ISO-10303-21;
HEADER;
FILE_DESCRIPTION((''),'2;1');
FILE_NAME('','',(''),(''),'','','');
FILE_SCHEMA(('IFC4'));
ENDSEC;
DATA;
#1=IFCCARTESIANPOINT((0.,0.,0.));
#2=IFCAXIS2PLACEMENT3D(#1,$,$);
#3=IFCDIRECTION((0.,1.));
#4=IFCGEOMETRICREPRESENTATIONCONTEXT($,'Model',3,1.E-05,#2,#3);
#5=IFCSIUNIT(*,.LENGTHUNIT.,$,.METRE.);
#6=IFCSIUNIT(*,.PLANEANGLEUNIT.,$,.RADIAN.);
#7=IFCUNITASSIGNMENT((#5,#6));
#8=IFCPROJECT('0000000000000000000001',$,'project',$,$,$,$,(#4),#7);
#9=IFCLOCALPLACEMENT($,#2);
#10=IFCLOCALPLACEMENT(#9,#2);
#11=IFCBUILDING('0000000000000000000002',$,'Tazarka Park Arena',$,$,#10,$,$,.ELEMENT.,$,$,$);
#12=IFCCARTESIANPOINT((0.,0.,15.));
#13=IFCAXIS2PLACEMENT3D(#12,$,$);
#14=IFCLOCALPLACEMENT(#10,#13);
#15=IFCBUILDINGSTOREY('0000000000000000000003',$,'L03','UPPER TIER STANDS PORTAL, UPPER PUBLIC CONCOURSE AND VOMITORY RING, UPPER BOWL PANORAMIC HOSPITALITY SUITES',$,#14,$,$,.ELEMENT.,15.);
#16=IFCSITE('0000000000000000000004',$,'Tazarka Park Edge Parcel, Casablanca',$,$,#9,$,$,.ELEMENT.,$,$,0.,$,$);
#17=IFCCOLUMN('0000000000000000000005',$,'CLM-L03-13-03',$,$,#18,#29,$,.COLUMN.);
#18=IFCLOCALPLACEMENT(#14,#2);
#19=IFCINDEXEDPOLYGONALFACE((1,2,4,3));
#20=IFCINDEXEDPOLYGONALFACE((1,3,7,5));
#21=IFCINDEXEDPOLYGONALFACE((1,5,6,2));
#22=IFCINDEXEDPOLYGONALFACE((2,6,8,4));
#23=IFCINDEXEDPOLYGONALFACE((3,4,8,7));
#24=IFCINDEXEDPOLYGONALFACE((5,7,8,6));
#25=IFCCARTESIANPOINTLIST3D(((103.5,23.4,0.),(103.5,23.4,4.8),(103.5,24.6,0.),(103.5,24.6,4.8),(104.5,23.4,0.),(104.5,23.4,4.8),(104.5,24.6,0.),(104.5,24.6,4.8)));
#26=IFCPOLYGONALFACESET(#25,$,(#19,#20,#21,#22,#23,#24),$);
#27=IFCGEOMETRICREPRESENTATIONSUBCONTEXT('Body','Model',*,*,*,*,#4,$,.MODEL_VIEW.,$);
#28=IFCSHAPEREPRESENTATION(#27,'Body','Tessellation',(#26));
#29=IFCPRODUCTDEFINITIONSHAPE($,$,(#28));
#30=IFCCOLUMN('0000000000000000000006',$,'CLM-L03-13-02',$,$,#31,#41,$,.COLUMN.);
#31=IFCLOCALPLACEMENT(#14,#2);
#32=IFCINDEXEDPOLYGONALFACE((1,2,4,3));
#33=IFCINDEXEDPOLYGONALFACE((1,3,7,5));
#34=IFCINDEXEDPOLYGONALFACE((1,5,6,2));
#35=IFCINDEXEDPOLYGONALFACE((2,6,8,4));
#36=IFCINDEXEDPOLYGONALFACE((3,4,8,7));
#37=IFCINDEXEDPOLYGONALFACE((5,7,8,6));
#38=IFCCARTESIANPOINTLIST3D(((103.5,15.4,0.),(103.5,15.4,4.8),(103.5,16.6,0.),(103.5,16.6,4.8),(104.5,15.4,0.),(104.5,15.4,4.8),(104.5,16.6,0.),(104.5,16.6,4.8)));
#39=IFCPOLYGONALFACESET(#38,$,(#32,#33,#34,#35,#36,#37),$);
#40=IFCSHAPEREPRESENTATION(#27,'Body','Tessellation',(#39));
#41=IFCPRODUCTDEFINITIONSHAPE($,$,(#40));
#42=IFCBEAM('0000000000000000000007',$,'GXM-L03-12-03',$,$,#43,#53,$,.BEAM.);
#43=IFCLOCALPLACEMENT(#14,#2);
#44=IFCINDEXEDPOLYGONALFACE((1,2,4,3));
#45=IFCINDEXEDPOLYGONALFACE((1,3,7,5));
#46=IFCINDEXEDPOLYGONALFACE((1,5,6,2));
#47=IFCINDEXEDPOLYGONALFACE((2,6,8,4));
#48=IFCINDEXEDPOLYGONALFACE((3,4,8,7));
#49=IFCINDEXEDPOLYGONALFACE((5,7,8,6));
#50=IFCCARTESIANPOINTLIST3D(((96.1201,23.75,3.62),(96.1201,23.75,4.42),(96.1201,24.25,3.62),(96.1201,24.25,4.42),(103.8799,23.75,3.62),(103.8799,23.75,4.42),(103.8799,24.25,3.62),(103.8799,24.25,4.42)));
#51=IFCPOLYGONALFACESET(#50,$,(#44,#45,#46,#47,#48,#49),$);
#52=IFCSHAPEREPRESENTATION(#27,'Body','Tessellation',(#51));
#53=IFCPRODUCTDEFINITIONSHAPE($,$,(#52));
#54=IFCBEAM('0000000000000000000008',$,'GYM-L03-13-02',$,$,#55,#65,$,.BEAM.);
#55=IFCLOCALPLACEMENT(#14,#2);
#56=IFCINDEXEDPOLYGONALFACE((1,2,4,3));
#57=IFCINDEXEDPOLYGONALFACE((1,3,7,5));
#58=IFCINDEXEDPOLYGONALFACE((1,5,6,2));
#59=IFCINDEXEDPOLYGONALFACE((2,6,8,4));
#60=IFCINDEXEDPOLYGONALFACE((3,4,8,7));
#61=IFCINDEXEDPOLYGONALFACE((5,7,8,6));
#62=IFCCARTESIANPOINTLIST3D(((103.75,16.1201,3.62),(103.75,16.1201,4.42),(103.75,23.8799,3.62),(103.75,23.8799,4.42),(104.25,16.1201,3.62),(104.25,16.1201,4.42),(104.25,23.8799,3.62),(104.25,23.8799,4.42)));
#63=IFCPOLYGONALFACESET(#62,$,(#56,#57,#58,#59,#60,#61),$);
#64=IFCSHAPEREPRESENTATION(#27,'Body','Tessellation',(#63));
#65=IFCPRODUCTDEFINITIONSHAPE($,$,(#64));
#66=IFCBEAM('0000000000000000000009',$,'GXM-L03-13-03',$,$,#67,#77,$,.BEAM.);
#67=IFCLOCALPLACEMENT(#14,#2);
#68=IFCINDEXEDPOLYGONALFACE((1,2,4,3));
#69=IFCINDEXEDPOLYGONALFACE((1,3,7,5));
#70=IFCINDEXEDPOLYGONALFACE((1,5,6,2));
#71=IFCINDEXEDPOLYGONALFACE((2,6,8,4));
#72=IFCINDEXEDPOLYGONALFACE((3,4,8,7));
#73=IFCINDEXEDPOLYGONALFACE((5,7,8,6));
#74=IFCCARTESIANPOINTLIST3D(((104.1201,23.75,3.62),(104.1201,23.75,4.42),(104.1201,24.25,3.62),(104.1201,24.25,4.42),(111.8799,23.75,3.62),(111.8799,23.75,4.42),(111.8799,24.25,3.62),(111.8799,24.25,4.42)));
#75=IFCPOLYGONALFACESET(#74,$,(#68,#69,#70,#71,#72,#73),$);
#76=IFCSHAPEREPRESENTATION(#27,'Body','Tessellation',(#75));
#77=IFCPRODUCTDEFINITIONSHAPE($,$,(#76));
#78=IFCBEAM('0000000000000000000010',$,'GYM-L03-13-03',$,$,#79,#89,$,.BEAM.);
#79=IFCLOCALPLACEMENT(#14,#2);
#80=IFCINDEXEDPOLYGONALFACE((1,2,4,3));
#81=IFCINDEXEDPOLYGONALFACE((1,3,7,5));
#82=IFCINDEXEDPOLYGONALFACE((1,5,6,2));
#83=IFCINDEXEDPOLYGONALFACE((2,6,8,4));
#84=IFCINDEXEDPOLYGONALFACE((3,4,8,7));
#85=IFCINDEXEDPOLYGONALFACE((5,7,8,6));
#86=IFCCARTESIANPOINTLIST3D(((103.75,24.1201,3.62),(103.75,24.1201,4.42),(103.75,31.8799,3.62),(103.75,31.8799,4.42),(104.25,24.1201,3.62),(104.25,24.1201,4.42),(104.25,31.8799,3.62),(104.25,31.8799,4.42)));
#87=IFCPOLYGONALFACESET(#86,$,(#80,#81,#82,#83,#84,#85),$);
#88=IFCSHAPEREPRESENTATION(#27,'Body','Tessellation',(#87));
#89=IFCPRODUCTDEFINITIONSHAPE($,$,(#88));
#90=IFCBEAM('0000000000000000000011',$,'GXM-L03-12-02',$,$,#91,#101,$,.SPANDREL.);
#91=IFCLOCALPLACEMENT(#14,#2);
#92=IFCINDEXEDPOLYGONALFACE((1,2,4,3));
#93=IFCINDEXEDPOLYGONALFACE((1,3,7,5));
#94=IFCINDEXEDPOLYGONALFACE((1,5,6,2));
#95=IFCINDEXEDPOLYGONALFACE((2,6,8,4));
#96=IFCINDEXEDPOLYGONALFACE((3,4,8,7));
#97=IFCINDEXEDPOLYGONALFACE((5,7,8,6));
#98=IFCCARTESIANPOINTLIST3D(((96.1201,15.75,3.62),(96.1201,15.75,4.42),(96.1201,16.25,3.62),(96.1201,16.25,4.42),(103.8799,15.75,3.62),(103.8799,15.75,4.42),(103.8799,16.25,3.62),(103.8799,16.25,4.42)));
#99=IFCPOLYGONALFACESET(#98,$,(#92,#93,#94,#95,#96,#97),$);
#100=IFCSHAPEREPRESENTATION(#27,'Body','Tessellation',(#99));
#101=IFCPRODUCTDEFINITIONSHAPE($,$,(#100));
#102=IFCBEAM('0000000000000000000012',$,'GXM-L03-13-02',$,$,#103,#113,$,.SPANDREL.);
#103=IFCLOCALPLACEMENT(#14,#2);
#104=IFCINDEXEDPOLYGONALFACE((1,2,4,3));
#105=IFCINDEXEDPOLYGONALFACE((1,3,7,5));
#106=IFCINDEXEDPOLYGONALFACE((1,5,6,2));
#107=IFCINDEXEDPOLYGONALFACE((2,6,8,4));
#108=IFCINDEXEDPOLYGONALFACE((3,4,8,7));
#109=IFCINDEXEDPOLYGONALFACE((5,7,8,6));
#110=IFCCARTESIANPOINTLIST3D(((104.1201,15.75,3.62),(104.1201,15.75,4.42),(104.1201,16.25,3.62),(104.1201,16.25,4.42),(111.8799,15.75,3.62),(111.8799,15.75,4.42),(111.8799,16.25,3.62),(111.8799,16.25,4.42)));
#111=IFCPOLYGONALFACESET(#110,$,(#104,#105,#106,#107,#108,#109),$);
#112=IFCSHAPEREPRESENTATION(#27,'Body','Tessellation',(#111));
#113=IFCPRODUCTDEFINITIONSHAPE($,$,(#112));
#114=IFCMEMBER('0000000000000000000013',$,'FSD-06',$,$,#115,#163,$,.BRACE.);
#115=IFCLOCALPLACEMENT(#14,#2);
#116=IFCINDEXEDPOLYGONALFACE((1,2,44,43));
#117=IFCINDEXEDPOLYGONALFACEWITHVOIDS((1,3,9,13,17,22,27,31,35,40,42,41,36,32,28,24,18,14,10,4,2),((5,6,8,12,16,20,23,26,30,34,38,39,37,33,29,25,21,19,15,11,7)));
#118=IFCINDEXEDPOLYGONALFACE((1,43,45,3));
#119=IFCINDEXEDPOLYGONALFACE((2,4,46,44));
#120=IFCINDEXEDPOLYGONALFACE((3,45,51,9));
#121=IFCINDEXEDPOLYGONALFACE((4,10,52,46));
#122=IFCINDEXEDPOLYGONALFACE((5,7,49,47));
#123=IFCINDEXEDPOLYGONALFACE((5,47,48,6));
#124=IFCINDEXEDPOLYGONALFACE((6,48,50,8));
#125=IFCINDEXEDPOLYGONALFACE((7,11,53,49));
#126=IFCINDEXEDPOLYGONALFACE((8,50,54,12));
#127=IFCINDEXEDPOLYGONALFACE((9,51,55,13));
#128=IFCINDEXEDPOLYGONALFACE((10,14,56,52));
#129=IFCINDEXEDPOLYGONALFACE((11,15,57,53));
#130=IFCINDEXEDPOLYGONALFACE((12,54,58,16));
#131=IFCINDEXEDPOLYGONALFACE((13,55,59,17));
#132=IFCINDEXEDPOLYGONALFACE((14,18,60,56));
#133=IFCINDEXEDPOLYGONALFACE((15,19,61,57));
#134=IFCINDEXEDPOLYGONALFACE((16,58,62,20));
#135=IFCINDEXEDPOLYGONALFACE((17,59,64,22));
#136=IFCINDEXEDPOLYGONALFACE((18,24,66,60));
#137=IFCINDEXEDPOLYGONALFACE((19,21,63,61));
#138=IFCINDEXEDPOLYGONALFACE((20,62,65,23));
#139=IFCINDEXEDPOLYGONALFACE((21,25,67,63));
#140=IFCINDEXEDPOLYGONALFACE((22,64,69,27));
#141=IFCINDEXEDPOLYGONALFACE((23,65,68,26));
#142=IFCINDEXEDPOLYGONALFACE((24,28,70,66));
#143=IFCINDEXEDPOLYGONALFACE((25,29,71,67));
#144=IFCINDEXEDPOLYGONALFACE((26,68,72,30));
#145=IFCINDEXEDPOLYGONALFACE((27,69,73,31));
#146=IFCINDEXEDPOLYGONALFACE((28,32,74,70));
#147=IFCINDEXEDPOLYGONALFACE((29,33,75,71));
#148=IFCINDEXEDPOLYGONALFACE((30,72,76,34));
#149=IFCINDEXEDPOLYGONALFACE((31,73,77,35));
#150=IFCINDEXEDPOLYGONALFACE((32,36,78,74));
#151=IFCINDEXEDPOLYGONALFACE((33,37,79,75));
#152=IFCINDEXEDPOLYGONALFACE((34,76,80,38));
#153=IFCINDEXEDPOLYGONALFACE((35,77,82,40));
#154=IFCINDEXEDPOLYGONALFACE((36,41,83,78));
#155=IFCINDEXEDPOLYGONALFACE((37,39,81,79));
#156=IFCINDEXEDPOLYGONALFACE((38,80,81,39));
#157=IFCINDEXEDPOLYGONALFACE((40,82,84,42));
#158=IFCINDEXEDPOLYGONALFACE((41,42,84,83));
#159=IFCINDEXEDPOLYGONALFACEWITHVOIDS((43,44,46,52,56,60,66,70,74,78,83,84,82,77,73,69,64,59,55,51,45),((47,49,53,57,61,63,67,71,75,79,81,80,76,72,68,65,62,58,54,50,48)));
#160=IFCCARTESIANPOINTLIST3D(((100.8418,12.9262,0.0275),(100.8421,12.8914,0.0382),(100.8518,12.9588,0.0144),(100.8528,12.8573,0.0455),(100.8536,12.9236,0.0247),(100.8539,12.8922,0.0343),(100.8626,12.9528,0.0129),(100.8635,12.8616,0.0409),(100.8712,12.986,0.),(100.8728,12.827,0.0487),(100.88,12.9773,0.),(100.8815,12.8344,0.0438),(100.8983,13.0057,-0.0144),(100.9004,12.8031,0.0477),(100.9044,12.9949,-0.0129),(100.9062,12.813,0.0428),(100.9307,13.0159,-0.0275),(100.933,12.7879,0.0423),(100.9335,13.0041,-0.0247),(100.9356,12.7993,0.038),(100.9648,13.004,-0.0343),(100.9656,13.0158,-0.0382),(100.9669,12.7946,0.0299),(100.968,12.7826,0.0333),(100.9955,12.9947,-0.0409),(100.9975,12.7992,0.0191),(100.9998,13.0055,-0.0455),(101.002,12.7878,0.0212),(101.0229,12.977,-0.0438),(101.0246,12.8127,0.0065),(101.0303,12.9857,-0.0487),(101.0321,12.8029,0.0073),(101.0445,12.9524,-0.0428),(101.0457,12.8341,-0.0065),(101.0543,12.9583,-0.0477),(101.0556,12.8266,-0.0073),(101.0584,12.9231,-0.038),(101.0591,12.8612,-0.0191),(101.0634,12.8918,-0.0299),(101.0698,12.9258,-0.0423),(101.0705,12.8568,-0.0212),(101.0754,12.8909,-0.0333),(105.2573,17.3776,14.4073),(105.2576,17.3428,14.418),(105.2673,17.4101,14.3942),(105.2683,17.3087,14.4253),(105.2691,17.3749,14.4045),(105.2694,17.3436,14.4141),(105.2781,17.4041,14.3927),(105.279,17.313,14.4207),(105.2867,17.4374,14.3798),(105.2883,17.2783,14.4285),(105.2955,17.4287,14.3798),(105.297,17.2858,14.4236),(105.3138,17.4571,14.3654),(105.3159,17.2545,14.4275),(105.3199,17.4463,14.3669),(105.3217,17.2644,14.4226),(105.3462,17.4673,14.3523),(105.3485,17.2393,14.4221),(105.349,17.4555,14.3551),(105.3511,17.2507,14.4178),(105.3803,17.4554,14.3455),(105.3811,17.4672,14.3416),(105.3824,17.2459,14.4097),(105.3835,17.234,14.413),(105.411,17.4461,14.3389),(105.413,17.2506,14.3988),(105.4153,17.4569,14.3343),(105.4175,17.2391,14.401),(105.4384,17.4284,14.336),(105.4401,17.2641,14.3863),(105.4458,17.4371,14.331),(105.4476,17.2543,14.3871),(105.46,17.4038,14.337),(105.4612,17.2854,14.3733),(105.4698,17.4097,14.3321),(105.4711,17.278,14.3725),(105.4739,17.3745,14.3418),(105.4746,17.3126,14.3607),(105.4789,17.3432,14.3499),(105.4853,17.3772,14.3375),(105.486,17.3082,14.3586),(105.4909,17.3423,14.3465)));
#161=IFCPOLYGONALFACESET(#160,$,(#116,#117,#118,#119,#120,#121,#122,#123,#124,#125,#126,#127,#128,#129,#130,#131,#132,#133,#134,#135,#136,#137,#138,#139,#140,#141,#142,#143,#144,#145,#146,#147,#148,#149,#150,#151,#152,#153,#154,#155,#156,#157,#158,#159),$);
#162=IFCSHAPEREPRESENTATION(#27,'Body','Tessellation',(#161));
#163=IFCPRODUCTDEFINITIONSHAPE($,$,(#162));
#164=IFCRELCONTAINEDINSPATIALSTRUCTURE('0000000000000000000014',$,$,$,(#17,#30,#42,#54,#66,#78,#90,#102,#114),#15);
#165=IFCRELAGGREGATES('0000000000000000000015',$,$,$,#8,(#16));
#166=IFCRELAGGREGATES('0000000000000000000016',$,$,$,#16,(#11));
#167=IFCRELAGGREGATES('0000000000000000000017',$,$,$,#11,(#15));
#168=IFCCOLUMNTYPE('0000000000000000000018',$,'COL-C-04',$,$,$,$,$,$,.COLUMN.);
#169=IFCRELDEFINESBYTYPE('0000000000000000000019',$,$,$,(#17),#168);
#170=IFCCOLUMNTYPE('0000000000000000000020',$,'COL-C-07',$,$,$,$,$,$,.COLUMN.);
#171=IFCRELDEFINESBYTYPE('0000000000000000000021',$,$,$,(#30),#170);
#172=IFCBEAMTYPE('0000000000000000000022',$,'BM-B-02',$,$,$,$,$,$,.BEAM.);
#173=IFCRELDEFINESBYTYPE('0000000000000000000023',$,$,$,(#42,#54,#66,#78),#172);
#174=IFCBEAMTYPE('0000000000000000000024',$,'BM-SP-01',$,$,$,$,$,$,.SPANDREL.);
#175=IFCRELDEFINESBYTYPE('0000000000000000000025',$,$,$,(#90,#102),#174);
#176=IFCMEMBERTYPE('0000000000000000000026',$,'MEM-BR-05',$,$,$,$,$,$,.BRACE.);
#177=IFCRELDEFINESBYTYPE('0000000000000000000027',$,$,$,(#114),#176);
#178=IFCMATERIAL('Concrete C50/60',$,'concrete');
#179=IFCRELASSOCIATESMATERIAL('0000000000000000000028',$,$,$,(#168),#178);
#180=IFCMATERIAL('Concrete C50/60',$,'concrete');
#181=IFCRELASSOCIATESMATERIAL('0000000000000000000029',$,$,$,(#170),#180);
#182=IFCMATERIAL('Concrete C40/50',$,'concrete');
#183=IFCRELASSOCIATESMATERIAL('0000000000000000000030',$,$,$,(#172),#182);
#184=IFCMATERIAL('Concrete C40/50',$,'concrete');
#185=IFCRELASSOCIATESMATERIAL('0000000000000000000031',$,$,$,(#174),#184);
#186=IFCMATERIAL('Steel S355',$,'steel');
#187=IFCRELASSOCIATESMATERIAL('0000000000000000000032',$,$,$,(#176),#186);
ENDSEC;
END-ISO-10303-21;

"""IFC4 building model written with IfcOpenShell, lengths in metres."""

from ifc_helpers import new_model, si_unit, direction, frame, origin, origin_2d, place, context, subcontext, project, spatial, rectangle, hollow_circle, extrude, material, material_profile, profile_set, type_object, element, save


model = new_model("IFC4")

# Units and contexts
model_context = context("Model", 3, precision=1e-05, world=origin(), true_north=direction((0.0, 1.0)))
body_context = subcontext(model_context, "Body", "Model", "MODEL_VIEW")
ifc_project = project(units=[si_unit("LENGTHUNIT", "METRE"), si_unit("PLANEANGLEUNIT", "RADIAN")], contexts=[model_context])

# Site, building, storey
site_placement = place(None, origin())
site = spatial("IfcSite", under=ifc_project, at=site_placement, Name="Tazarka Park Edge Parcel, Casablanca", CompositionType="ELEMENT", RefElevation=0.0)
building_placement = place(site_placement, origin())
building = spatial("IfcBuilding", under=site, at=building_placement, Name="Tazarka Park Arena", CompositionType="ELEMENT")
storey_placement = place(building_placement, frame((0.0, 0.0, 15.0)))
storey = spatial("IfcBuildingStorey", under=building, at=storey_placement, Name="L03", Description="UPPER TIER STANDS PORTAL, UPPER PUBLIC CONCOURSE AND VOMITORY RING, UPPER BOWL PANORAMIC HOSPITALITY SUITES", CompositionType="ELEMENT", Elevation=15.0)

# Columns
ifc_material_1 = material(Name="Concrete C50/60", Category="concrete")
ifc_material_profile_1 = material_profile(ifc_material_1, rectangle(XDim=1.0, YDim=1.2, at=origin_2d()), Name="Concrete C50/60")
ifc_profile_set_1 = profile_set([ifc_material_profile_1], Name="Concrete C50/60")
column_type_1 = type_object("IfcColumnType", Name="COL-C-04", PredefinedType="COLUMN", material=ifc_profile_set_1)
column_1_placement = place(storey_placement, frame((104.0, 24.0, 0.0), z_axis=(0.0, 0.0, 1.0), x_axis=(1.0, 0.0, 0.0)))
element("IfcColumn", 1, at=column_1_placement, inside=storey, type_object=column_type_1, Name="CLM-L03-13-03", PredefinedType="COLUMN", context=body_context, shape_type="SweptSolid", body=[
    extrude(rectangle(XDim=1.0, YDim=1.2, at=origin_2d()), origin(), (0.0, 0.0, 1.0), 4.8),
])
ifc_material_2 = material(Name="Concrete C50/60", Category="concrete")
ifc_material_profile_2 = material_profile(ifc_material_2, rectangle(XDim=1.0, YDim=1.2, at=origin_2d()), Name="Concrete C50/60")
ifc_profile_set_2 = profile_set([ifc_material_profile_2], Name="Concrete C50/60")
column_type_2 = type_object("IfcColumnType", Name="COL-C-07", PredefinedType="COLUMN", material=ifc_profile_set_2)
column_2_placement = place(storey_placement, frame((104.0, 16.0, 0.0), z_axis=(0.0, 0.0, 1.0), x_axis=(1.0, 0.0, 0.0)))
element("IfcColumn", 2, at=column_2_placement, inside=storey, type_object=column_type_2, Name="CLM-L03-13-02", PredefinedType="COLUMN", context=body_context, shape_type="SweptSolid", body=[
    extrude(rectangle(XDim=1.0, YDim=1.2, at=origin_2d()), origin(), (0.0, 0.0, 1.0), 4.8),
])

# Beams
ifc_material_3 = material(Name="Concrete C40/50", Category="concrete")
ifc_material_profile_3 = material_profile(ifc_material_3, rectangle(XDim=0.5, YDim=0.8, at=origin_2d()), Name="Concrete C40/50")
ifc_profile_set_3 = profile_set([ifc_material_profile_3], Name="Concrete C40/50")
beam_type_1 = type_object("IfcBeamType", Name="BM-B-02", PredefinedType="BEAM", material=ifc_profile_set_3)
for number, where, z_axis, x_axis, name in (
    (3, (96.1201, 24.0, 4.02), (1.0, 0.0, 0.0), (0.0, 1.0, 0.0), "GXM-L03-12-03"),
    (4, (104.0, 16.1201, 4.02), (0.0, 1.0, 0.0), (-1.0, 0.0, 0.0), "GYM-L03-13-02"),
    (5, (104.1201, 24.0, 4.02), (1.0, 0.0, 0.0), (0.0, 1.0, 0.0), "GXM-L03-13-03"),
    (6, (104.0, 24.1201, 4.02), (0.0, 1.0, 0.0), (-1.0, 0.0, 0.0), "GYM-L03-13-03"),
):
    element("IfcBeam", number, at=place(storey_placement, frame(where, z_axis=z_axis, x_axis=x_axis)), inside=storey, type_object=beam_type_1, Name=name, PredefinedType="BEAM", context=body_context, shape_type="SweptSolid", body=[
        extrude(rectangle(XDim=0.5, YDim=0.8, at=origin_2d()), origin(), (0.0, 0.0, 1.0), 7.7598),
    ])
ifc_material_4 = material(Name="Concrete C40/50", Category="concrete")
ifc_material_profile_4 = material_profile(ifc_material_4, rectangle(XDim=0.5, YDim=0.8, at=origin_2d()), Name="Concrete C40/50")
ifc_profile_set_4 = profile_set([ifc_material_profile_4], Name="Concrete C40/50")
beam_type_2 = type_object("IfcBeamType", Name="BM-SP-01", PredefinedType="SPANDREL", material=ifc_profile_set_4)
for number, where, z_axis, x_axis, name in (
    (7, (96.1201, 16.0, 4.02), (1.0, 0.0, 0.0), (0.0, 1.0, 0.0), "GXM-L03-12-02"),
    (8, (104.1201, 16.0, 4.02), (1.0, 0.0, 0.0), (0.0, 1.0, 0.0), "GXM-L03-13-02"),
):
    element("IfcBeam", number, at=place(storey_placement, frame(where, z_axis=z_axis, x_axis=x_axis)), inside=storey, type_object=beam_type_2, Name=name, PredefinedType="SPANDREL", context=body_context, shape_type="SweptSolid", body=[
        extrude(rectangle(XDim=0.5, YDim=0.8, at=origin_2d()), origin(), (0.0, 0.0, 1.0), 7.7598),
    ])

# Member
ifc_material_5 = material(Name="Steel S355", Category="steel")
ifc_material_profile_5 = material_profile(ifc_material_5, hollow_circle(Radius=0.1223, WallThickness=0.0125, at=origin_2d()), Name="Steel S355")
ifc_profile_set_5 = profile_set([ifc_material_profile_5], Name="Steel S355")
member_type_1 = type_object("IfcMemberType", Name="MEM-BR-05", PredefinedType="BRACE", material=ifc_profile_set_5)
member_1_placement = place(storey_placement, frame((100.958, 12.8999, 0.0), z_axis=(0.281471, 0.283758, 0.916655), x_axis=(-0.709963, 0.704239, 0.0)))
element("IfcMember", 9, at=member_1_placement, inside=storey, type_object=member_type_1, Name="FSD-06", PredefinedType="BRACE", context=body_context, shape_type="SweptSolid", body=[
    extrude(hollow_circle(Radius=0.1223, WallThickness=0.0125, at=origin_2d()), origin(), (0.0, 0.0, 1.0), 15.6873),
])

save(model, "model.ifc")
